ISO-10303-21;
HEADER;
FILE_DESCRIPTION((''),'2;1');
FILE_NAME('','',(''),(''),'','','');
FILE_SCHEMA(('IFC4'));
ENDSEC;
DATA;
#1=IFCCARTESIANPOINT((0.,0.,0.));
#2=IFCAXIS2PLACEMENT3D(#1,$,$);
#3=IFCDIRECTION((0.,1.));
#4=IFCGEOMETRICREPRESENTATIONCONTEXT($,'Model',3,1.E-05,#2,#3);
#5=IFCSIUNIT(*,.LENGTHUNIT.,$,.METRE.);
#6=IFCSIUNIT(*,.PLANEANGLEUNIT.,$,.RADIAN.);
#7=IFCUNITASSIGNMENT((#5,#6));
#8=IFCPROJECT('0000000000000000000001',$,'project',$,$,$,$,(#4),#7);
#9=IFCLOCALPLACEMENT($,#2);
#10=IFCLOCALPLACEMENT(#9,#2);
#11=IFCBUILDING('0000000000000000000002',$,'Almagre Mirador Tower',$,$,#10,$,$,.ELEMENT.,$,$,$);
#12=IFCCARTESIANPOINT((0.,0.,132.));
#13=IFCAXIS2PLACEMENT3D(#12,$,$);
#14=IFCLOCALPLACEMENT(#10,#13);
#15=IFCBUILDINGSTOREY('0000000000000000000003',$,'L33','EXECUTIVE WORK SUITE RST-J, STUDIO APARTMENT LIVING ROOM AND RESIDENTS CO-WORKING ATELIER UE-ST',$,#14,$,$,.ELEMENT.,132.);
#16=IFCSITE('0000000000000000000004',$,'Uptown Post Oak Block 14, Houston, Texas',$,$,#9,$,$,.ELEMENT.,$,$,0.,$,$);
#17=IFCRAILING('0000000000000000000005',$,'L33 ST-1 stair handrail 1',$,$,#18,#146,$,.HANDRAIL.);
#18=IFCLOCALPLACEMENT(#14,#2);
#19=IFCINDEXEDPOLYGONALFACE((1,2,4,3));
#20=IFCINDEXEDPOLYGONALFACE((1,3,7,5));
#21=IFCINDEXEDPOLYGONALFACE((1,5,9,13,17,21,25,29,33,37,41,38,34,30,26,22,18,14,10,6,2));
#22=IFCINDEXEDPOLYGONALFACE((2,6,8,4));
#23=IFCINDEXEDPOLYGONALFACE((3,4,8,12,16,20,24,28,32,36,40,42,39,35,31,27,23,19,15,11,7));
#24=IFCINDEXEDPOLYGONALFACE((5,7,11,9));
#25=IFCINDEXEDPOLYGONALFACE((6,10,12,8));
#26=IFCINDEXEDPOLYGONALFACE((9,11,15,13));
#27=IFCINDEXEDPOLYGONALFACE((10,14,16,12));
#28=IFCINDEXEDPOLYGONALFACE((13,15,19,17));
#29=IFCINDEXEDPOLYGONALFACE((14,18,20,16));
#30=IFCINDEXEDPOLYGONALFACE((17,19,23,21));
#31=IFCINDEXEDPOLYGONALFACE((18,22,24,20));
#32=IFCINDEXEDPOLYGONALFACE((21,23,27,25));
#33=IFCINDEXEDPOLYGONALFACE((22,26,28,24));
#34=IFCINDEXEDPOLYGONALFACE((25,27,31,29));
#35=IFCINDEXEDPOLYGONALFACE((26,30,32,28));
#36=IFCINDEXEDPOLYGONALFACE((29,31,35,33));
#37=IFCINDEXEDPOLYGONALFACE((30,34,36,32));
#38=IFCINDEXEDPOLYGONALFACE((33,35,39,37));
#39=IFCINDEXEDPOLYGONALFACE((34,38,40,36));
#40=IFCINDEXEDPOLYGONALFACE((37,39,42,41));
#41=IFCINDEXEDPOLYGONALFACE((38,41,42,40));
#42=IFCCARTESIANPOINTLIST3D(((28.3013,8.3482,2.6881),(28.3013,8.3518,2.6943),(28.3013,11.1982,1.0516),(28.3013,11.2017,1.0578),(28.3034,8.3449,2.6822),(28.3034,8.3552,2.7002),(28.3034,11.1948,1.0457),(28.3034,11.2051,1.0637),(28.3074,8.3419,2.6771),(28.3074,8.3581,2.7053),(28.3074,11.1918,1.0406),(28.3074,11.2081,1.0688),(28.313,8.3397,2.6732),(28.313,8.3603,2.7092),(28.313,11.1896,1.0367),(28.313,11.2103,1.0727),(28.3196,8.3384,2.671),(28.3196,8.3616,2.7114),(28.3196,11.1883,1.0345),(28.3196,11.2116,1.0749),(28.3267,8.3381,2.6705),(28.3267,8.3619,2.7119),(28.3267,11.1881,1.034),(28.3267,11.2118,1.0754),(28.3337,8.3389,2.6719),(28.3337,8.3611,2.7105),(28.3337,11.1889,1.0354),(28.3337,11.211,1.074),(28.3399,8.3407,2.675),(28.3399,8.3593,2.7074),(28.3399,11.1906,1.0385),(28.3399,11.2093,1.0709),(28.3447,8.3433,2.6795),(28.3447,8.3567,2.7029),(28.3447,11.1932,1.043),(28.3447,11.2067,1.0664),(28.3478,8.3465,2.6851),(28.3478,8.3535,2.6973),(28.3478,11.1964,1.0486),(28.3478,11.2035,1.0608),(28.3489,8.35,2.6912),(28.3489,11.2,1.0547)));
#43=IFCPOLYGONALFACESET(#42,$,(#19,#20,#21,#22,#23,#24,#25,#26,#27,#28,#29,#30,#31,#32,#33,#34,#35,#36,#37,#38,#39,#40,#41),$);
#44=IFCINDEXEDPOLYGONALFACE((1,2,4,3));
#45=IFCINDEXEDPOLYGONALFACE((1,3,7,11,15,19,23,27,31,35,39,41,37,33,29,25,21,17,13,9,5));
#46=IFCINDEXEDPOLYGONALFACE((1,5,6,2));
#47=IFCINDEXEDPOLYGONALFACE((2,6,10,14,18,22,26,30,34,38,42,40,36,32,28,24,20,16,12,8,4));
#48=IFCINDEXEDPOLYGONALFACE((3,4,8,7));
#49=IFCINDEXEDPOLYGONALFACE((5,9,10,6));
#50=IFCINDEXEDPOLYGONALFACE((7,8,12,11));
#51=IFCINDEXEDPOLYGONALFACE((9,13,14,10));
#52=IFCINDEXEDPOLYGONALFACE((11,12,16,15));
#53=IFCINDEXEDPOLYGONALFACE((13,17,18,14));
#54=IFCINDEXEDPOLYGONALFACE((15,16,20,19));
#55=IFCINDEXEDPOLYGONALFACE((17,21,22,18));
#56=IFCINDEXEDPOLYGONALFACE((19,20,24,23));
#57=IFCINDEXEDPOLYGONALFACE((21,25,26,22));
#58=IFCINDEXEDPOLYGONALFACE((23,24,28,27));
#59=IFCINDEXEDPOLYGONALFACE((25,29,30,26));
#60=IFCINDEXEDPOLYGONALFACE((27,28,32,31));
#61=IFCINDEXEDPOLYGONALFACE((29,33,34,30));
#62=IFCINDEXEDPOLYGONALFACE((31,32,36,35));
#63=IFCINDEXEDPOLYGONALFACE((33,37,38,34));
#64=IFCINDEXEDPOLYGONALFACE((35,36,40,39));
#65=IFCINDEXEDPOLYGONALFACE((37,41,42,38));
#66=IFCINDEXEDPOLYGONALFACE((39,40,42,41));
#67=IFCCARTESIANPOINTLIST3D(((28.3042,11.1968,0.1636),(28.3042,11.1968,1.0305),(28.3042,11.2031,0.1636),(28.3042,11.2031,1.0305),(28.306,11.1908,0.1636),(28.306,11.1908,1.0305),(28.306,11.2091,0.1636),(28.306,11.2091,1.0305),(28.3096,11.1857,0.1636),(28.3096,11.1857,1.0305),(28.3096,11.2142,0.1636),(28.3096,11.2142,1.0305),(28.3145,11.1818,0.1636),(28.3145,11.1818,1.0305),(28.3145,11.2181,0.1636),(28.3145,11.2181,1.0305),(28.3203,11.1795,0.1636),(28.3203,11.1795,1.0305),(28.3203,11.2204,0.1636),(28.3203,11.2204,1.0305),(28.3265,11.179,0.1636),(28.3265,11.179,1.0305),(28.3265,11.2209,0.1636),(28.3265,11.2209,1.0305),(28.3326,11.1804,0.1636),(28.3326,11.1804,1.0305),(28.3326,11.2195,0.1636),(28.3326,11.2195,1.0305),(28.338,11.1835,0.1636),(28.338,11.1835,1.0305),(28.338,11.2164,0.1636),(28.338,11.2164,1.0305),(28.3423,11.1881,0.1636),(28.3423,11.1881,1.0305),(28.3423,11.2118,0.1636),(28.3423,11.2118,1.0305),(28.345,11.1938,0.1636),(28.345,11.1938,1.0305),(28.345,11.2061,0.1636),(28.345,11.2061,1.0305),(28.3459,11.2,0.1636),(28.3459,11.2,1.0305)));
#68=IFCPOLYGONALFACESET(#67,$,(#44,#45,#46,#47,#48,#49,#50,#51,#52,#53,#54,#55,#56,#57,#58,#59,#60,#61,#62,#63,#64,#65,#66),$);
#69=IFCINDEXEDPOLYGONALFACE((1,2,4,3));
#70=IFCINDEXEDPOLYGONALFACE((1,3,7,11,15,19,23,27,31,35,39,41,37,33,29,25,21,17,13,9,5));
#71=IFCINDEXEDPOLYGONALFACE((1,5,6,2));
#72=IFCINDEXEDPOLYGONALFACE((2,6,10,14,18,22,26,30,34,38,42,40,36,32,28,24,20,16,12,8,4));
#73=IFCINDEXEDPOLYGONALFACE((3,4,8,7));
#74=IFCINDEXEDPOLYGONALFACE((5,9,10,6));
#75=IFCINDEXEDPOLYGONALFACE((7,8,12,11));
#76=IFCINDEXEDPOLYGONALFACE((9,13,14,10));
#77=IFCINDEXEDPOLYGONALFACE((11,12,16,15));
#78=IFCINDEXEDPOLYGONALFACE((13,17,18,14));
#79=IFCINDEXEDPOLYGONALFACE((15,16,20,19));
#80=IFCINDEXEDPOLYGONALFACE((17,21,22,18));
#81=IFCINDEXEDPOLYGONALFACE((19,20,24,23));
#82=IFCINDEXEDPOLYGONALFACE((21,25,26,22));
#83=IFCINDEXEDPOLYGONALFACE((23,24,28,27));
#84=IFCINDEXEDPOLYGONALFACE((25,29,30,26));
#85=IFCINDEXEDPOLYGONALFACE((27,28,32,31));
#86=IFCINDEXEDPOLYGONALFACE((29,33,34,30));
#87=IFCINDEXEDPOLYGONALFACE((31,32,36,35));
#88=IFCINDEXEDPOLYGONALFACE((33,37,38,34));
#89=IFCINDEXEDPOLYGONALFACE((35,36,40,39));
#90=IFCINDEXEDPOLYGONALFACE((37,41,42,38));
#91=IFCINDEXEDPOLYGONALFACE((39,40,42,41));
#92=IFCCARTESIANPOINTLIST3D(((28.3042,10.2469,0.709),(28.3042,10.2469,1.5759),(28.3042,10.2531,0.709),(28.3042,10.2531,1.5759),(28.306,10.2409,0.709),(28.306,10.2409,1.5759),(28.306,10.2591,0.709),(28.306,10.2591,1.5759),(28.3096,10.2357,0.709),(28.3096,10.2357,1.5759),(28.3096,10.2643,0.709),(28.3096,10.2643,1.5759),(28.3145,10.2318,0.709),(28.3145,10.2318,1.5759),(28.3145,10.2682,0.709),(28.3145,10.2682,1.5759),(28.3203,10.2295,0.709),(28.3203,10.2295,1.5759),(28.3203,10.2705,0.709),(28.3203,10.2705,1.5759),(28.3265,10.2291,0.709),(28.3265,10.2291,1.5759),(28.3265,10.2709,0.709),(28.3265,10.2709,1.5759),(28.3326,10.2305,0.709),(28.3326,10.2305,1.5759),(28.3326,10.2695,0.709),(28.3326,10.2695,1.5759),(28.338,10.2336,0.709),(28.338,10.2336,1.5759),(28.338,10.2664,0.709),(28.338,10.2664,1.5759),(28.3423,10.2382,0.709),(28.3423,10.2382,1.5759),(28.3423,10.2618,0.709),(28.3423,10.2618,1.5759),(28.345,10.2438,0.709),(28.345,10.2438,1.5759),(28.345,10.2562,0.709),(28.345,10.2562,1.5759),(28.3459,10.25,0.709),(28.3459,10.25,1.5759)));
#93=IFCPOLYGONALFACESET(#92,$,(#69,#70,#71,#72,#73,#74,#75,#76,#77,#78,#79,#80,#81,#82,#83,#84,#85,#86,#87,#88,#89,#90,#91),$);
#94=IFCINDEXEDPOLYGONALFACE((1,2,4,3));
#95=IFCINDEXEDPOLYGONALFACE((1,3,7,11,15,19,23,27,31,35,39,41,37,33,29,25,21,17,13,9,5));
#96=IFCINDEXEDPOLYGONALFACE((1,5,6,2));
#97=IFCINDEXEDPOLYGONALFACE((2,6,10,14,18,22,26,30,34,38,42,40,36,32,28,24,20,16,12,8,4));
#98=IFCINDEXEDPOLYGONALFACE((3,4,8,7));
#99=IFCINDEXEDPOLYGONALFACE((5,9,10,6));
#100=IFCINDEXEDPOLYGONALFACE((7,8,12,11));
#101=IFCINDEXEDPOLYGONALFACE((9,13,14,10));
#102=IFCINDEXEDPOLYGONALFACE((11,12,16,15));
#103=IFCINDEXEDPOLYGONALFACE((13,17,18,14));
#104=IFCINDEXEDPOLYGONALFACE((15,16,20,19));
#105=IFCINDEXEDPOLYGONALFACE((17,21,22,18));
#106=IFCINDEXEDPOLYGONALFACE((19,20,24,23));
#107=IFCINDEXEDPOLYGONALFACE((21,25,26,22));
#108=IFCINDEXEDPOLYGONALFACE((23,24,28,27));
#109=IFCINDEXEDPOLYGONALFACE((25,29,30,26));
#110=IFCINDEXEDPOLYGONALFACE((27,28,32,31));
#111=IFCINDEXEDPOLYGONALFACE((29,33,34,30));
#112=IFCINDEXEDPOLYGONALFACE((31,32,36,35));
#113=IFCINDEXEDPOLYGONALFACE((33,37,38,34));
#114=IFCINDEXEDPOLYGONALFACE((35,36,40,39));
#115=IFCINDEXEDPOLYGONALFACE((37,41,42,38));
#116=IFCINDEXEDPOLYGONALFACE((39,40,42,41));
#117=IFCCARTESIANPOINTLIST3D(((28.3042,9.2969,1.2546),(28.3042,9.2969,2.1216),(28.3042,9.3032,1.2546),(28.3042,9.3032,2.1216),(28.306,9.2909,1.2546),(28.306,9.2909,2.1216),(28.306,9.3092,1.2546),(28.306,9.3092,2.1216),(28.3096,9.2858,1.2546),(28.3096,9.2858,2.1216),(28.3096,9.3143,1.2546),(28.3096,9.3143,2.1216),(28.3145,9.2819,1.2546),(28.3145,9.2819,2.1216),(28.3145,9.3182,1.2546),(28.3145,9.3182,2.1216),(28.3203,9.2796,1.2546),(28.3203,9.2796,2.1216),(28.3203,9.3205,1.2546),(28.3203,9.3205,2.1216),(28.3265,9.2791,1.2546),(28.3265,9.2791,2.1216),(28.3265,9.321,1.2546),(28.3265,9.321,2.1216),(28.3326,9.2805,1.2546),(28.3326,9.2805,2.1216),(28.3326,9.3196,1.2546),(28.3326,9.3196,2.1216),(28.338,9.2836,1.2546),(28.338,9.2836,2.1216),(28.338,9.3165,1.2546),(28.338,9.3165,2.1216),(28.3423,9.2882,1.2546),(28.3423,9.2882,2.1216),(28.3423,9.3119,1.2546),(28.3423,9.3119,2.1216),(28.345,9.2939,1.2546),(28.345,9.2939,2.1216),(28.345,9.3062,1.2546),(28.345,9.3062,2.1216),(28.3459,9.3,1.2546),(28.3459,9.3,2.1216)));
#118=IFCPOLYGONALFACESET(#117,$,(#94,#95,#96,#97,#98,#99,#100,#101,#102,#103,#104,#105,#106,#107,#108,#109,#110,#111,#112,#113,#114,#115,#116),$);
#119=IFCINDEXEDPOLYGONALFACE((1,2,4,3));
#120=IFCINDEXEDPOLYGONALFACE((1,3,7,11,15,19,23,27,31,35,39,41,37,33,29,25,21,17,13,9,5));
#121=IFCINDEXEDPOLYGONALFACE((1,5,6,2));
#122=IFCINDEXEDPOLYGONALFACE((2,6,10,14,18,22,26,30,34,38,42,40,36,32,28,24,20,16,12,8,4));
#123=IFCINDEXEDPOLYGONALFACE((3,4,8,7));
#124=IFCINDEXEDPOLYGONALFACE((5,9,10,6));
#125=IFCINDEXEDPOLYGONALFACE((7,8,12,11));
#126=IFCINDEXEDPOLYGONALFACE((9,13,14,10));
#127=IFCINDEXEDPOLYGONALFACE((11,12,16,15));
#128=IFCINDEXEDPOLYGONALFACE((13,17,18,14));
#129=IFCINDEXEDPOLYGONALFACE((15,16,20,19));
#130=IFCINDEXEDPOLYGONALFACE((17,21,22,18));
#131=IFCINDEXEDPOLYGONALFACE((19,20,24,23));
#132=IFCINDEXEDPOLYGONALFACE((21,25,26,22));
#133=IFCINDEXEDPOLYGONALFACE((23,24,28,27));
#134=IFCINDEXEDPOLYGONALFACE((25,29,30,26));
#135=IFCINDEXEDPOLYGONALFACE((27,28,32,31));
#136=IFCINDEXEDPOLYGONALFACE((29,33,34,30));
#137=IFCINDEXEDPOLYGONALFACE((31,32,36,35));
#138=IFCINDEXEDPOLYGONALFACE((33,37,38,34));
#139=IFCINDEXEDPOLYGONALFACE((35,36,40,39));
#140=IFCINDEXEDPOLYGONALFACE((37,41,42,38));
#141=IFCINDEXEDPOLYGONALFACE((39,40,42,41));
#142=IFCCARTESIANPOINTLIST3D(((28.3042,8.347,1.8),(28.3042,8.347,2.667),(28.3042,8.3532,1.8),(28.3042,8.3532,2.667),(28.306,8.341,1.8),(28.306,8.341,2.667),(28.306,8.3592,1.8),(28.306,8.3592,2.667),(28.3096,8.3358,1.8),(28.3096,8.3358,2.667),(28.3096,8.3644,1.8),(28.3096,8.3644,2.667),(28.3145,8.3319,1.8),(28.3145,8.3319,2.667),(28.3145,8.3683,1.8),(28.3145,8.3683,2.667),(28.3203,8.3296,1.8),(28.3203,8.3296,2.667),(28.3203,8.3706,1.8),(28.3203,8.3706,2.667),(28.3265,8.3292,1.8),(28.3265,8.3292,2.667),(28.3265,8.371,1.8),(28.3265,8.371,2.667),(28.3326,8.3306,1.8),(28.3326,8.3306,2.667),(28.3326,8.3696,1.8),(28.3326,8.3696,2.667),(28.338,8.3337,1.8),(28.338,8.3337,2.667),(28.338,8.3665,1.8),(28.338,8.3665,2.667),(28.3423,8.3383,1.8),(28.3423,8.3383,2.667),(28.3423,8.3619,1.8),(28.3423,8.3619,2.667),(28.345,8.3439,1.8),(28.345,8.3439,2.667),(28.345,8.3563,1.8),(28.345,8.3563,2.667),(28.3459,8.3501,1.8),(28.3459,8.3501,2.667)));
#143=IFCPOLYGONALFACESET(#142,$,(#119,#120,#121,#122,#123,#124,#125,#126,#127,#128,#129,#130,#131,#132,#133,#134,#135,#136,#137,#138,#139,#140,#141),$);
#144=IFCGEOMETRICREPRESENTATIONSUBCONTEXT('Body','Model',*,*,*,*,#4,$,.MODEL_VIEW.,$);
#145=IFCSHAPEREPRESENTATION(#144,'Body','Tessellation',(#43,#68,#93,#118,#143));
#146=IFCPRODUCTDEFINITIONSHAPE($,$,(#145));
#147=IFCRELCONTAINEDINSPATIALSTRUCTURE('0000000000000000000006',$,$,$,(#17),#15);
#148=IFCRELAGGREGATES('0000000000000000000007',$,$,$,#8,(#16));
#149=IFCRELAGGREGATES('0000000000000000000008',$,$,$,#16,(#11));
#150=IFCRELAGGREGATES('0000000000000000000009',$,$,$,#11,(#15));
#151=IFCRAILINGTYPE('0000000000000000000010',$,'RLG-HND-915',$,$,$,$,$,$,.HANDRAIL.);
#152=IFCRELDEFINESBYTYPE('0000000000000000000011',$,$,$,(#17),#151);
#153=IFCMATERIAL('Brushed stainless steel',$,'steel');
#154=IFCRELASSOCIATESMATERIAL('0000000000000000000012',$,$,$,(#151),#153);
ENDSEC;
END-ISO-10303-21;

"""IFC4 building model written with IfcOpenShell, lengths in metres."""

from ifc_helpers import new_model, si_unit, direction, frame, origin, origin_2d, place, context, subcontext, project, spatial, circle, extrude, material, type_object, element, save


model = new_model("IFC4")

# Units and contexts
model_context = context("Model", 3, precision=1e-05, world=origin(), true_north=direction((0.0, 1.0)))
body_context = subcontext(model_context, "Body", "Model", "MODEL_VIEW")
ifc_project = project(units=[si_unit("LENGTHUNIT", "METRE"), si_unit("PLANEANGLEUNIT", "RADIAN")], contexts=[model_context])

# Site, building, storey
site_placement = place(None, origin())
site = spatial("IfcSite", under=ifc_project, at=site_placement, Name="Uptown Post Oak Block 14, Houston, Texas", CompositionType="ELEMENT", RefElevation=0.0)
building_placement = place(site_placement, origin())
building = spatial("IfcBuilding", under=site, at=building_placement, Name="Almagre Mirador Tower", CompositionType="ELEMENT")
storey_placement = place(building_placement, frame((0.0, 0.0, 132.0)))
storey = spatial("IfcBuildingStorey", under=building, at=storey_placement, Name="L33", Description="EXECUTIVE WORK SUITE RST-J, STUDIO APARTMENT LIVING ROOM AND RESIDENTS CO-WORKING ATELIER UE-ST", CompositionType="ELEMENT", Elevation=132.0)

# Railing
ifc_material_1 = material(Name="Brushed stainless steel", Category="steel")
railing_type = type_object("IfcRailingType", Name="RLG-HND-915", PredefinedType="HANDRAIL", material=ifc_material_1)
railing_placement = place(storey_placement, frame((28.325, 11.2, 0.1636)))
element("IfcRailing", 1, at=railing_placement, inside=storey, type_object=railing_type, Name="L33 ST-1 stair handrail 1", PredefinedType="HANDRAIL", context=body_context, shape_type="SweptSolid", body=[
    extrude(circle(Radius=0.0239, at=origin_2d()), frame((0.0, 0.0, 0.8911), z_axis=(0.0, -0.867194, 0.49797), x_axis=(1.0, 0.0, 0.0)), (0.0, 0.0, 1.0), 3.2864),
    extrude(circle(Radius=0.021, at=origin_2d()), origin(), (0.0, 0.0, 1.0), 0.8669),
    extrude(circle(Radius=0.021, at=origin_2d()), frame((0.0, -0.95, 0.5454)), (0.0, 0.0, 1.0), 0.8669),
    extrude(circle(Radius=0.021, at=origin_2d()), frame((0.0, -1.8999, 1.0911)), (0.0, 0.0, 1.0), 0.8669),
    extrude(circle(Radius=0.021, at=origin_2d()), frame((0.0, -2.8499, 1.6365)), (0.0, 0.0, 1.0), 0.8669),
])

save(model, "model.ifc")
